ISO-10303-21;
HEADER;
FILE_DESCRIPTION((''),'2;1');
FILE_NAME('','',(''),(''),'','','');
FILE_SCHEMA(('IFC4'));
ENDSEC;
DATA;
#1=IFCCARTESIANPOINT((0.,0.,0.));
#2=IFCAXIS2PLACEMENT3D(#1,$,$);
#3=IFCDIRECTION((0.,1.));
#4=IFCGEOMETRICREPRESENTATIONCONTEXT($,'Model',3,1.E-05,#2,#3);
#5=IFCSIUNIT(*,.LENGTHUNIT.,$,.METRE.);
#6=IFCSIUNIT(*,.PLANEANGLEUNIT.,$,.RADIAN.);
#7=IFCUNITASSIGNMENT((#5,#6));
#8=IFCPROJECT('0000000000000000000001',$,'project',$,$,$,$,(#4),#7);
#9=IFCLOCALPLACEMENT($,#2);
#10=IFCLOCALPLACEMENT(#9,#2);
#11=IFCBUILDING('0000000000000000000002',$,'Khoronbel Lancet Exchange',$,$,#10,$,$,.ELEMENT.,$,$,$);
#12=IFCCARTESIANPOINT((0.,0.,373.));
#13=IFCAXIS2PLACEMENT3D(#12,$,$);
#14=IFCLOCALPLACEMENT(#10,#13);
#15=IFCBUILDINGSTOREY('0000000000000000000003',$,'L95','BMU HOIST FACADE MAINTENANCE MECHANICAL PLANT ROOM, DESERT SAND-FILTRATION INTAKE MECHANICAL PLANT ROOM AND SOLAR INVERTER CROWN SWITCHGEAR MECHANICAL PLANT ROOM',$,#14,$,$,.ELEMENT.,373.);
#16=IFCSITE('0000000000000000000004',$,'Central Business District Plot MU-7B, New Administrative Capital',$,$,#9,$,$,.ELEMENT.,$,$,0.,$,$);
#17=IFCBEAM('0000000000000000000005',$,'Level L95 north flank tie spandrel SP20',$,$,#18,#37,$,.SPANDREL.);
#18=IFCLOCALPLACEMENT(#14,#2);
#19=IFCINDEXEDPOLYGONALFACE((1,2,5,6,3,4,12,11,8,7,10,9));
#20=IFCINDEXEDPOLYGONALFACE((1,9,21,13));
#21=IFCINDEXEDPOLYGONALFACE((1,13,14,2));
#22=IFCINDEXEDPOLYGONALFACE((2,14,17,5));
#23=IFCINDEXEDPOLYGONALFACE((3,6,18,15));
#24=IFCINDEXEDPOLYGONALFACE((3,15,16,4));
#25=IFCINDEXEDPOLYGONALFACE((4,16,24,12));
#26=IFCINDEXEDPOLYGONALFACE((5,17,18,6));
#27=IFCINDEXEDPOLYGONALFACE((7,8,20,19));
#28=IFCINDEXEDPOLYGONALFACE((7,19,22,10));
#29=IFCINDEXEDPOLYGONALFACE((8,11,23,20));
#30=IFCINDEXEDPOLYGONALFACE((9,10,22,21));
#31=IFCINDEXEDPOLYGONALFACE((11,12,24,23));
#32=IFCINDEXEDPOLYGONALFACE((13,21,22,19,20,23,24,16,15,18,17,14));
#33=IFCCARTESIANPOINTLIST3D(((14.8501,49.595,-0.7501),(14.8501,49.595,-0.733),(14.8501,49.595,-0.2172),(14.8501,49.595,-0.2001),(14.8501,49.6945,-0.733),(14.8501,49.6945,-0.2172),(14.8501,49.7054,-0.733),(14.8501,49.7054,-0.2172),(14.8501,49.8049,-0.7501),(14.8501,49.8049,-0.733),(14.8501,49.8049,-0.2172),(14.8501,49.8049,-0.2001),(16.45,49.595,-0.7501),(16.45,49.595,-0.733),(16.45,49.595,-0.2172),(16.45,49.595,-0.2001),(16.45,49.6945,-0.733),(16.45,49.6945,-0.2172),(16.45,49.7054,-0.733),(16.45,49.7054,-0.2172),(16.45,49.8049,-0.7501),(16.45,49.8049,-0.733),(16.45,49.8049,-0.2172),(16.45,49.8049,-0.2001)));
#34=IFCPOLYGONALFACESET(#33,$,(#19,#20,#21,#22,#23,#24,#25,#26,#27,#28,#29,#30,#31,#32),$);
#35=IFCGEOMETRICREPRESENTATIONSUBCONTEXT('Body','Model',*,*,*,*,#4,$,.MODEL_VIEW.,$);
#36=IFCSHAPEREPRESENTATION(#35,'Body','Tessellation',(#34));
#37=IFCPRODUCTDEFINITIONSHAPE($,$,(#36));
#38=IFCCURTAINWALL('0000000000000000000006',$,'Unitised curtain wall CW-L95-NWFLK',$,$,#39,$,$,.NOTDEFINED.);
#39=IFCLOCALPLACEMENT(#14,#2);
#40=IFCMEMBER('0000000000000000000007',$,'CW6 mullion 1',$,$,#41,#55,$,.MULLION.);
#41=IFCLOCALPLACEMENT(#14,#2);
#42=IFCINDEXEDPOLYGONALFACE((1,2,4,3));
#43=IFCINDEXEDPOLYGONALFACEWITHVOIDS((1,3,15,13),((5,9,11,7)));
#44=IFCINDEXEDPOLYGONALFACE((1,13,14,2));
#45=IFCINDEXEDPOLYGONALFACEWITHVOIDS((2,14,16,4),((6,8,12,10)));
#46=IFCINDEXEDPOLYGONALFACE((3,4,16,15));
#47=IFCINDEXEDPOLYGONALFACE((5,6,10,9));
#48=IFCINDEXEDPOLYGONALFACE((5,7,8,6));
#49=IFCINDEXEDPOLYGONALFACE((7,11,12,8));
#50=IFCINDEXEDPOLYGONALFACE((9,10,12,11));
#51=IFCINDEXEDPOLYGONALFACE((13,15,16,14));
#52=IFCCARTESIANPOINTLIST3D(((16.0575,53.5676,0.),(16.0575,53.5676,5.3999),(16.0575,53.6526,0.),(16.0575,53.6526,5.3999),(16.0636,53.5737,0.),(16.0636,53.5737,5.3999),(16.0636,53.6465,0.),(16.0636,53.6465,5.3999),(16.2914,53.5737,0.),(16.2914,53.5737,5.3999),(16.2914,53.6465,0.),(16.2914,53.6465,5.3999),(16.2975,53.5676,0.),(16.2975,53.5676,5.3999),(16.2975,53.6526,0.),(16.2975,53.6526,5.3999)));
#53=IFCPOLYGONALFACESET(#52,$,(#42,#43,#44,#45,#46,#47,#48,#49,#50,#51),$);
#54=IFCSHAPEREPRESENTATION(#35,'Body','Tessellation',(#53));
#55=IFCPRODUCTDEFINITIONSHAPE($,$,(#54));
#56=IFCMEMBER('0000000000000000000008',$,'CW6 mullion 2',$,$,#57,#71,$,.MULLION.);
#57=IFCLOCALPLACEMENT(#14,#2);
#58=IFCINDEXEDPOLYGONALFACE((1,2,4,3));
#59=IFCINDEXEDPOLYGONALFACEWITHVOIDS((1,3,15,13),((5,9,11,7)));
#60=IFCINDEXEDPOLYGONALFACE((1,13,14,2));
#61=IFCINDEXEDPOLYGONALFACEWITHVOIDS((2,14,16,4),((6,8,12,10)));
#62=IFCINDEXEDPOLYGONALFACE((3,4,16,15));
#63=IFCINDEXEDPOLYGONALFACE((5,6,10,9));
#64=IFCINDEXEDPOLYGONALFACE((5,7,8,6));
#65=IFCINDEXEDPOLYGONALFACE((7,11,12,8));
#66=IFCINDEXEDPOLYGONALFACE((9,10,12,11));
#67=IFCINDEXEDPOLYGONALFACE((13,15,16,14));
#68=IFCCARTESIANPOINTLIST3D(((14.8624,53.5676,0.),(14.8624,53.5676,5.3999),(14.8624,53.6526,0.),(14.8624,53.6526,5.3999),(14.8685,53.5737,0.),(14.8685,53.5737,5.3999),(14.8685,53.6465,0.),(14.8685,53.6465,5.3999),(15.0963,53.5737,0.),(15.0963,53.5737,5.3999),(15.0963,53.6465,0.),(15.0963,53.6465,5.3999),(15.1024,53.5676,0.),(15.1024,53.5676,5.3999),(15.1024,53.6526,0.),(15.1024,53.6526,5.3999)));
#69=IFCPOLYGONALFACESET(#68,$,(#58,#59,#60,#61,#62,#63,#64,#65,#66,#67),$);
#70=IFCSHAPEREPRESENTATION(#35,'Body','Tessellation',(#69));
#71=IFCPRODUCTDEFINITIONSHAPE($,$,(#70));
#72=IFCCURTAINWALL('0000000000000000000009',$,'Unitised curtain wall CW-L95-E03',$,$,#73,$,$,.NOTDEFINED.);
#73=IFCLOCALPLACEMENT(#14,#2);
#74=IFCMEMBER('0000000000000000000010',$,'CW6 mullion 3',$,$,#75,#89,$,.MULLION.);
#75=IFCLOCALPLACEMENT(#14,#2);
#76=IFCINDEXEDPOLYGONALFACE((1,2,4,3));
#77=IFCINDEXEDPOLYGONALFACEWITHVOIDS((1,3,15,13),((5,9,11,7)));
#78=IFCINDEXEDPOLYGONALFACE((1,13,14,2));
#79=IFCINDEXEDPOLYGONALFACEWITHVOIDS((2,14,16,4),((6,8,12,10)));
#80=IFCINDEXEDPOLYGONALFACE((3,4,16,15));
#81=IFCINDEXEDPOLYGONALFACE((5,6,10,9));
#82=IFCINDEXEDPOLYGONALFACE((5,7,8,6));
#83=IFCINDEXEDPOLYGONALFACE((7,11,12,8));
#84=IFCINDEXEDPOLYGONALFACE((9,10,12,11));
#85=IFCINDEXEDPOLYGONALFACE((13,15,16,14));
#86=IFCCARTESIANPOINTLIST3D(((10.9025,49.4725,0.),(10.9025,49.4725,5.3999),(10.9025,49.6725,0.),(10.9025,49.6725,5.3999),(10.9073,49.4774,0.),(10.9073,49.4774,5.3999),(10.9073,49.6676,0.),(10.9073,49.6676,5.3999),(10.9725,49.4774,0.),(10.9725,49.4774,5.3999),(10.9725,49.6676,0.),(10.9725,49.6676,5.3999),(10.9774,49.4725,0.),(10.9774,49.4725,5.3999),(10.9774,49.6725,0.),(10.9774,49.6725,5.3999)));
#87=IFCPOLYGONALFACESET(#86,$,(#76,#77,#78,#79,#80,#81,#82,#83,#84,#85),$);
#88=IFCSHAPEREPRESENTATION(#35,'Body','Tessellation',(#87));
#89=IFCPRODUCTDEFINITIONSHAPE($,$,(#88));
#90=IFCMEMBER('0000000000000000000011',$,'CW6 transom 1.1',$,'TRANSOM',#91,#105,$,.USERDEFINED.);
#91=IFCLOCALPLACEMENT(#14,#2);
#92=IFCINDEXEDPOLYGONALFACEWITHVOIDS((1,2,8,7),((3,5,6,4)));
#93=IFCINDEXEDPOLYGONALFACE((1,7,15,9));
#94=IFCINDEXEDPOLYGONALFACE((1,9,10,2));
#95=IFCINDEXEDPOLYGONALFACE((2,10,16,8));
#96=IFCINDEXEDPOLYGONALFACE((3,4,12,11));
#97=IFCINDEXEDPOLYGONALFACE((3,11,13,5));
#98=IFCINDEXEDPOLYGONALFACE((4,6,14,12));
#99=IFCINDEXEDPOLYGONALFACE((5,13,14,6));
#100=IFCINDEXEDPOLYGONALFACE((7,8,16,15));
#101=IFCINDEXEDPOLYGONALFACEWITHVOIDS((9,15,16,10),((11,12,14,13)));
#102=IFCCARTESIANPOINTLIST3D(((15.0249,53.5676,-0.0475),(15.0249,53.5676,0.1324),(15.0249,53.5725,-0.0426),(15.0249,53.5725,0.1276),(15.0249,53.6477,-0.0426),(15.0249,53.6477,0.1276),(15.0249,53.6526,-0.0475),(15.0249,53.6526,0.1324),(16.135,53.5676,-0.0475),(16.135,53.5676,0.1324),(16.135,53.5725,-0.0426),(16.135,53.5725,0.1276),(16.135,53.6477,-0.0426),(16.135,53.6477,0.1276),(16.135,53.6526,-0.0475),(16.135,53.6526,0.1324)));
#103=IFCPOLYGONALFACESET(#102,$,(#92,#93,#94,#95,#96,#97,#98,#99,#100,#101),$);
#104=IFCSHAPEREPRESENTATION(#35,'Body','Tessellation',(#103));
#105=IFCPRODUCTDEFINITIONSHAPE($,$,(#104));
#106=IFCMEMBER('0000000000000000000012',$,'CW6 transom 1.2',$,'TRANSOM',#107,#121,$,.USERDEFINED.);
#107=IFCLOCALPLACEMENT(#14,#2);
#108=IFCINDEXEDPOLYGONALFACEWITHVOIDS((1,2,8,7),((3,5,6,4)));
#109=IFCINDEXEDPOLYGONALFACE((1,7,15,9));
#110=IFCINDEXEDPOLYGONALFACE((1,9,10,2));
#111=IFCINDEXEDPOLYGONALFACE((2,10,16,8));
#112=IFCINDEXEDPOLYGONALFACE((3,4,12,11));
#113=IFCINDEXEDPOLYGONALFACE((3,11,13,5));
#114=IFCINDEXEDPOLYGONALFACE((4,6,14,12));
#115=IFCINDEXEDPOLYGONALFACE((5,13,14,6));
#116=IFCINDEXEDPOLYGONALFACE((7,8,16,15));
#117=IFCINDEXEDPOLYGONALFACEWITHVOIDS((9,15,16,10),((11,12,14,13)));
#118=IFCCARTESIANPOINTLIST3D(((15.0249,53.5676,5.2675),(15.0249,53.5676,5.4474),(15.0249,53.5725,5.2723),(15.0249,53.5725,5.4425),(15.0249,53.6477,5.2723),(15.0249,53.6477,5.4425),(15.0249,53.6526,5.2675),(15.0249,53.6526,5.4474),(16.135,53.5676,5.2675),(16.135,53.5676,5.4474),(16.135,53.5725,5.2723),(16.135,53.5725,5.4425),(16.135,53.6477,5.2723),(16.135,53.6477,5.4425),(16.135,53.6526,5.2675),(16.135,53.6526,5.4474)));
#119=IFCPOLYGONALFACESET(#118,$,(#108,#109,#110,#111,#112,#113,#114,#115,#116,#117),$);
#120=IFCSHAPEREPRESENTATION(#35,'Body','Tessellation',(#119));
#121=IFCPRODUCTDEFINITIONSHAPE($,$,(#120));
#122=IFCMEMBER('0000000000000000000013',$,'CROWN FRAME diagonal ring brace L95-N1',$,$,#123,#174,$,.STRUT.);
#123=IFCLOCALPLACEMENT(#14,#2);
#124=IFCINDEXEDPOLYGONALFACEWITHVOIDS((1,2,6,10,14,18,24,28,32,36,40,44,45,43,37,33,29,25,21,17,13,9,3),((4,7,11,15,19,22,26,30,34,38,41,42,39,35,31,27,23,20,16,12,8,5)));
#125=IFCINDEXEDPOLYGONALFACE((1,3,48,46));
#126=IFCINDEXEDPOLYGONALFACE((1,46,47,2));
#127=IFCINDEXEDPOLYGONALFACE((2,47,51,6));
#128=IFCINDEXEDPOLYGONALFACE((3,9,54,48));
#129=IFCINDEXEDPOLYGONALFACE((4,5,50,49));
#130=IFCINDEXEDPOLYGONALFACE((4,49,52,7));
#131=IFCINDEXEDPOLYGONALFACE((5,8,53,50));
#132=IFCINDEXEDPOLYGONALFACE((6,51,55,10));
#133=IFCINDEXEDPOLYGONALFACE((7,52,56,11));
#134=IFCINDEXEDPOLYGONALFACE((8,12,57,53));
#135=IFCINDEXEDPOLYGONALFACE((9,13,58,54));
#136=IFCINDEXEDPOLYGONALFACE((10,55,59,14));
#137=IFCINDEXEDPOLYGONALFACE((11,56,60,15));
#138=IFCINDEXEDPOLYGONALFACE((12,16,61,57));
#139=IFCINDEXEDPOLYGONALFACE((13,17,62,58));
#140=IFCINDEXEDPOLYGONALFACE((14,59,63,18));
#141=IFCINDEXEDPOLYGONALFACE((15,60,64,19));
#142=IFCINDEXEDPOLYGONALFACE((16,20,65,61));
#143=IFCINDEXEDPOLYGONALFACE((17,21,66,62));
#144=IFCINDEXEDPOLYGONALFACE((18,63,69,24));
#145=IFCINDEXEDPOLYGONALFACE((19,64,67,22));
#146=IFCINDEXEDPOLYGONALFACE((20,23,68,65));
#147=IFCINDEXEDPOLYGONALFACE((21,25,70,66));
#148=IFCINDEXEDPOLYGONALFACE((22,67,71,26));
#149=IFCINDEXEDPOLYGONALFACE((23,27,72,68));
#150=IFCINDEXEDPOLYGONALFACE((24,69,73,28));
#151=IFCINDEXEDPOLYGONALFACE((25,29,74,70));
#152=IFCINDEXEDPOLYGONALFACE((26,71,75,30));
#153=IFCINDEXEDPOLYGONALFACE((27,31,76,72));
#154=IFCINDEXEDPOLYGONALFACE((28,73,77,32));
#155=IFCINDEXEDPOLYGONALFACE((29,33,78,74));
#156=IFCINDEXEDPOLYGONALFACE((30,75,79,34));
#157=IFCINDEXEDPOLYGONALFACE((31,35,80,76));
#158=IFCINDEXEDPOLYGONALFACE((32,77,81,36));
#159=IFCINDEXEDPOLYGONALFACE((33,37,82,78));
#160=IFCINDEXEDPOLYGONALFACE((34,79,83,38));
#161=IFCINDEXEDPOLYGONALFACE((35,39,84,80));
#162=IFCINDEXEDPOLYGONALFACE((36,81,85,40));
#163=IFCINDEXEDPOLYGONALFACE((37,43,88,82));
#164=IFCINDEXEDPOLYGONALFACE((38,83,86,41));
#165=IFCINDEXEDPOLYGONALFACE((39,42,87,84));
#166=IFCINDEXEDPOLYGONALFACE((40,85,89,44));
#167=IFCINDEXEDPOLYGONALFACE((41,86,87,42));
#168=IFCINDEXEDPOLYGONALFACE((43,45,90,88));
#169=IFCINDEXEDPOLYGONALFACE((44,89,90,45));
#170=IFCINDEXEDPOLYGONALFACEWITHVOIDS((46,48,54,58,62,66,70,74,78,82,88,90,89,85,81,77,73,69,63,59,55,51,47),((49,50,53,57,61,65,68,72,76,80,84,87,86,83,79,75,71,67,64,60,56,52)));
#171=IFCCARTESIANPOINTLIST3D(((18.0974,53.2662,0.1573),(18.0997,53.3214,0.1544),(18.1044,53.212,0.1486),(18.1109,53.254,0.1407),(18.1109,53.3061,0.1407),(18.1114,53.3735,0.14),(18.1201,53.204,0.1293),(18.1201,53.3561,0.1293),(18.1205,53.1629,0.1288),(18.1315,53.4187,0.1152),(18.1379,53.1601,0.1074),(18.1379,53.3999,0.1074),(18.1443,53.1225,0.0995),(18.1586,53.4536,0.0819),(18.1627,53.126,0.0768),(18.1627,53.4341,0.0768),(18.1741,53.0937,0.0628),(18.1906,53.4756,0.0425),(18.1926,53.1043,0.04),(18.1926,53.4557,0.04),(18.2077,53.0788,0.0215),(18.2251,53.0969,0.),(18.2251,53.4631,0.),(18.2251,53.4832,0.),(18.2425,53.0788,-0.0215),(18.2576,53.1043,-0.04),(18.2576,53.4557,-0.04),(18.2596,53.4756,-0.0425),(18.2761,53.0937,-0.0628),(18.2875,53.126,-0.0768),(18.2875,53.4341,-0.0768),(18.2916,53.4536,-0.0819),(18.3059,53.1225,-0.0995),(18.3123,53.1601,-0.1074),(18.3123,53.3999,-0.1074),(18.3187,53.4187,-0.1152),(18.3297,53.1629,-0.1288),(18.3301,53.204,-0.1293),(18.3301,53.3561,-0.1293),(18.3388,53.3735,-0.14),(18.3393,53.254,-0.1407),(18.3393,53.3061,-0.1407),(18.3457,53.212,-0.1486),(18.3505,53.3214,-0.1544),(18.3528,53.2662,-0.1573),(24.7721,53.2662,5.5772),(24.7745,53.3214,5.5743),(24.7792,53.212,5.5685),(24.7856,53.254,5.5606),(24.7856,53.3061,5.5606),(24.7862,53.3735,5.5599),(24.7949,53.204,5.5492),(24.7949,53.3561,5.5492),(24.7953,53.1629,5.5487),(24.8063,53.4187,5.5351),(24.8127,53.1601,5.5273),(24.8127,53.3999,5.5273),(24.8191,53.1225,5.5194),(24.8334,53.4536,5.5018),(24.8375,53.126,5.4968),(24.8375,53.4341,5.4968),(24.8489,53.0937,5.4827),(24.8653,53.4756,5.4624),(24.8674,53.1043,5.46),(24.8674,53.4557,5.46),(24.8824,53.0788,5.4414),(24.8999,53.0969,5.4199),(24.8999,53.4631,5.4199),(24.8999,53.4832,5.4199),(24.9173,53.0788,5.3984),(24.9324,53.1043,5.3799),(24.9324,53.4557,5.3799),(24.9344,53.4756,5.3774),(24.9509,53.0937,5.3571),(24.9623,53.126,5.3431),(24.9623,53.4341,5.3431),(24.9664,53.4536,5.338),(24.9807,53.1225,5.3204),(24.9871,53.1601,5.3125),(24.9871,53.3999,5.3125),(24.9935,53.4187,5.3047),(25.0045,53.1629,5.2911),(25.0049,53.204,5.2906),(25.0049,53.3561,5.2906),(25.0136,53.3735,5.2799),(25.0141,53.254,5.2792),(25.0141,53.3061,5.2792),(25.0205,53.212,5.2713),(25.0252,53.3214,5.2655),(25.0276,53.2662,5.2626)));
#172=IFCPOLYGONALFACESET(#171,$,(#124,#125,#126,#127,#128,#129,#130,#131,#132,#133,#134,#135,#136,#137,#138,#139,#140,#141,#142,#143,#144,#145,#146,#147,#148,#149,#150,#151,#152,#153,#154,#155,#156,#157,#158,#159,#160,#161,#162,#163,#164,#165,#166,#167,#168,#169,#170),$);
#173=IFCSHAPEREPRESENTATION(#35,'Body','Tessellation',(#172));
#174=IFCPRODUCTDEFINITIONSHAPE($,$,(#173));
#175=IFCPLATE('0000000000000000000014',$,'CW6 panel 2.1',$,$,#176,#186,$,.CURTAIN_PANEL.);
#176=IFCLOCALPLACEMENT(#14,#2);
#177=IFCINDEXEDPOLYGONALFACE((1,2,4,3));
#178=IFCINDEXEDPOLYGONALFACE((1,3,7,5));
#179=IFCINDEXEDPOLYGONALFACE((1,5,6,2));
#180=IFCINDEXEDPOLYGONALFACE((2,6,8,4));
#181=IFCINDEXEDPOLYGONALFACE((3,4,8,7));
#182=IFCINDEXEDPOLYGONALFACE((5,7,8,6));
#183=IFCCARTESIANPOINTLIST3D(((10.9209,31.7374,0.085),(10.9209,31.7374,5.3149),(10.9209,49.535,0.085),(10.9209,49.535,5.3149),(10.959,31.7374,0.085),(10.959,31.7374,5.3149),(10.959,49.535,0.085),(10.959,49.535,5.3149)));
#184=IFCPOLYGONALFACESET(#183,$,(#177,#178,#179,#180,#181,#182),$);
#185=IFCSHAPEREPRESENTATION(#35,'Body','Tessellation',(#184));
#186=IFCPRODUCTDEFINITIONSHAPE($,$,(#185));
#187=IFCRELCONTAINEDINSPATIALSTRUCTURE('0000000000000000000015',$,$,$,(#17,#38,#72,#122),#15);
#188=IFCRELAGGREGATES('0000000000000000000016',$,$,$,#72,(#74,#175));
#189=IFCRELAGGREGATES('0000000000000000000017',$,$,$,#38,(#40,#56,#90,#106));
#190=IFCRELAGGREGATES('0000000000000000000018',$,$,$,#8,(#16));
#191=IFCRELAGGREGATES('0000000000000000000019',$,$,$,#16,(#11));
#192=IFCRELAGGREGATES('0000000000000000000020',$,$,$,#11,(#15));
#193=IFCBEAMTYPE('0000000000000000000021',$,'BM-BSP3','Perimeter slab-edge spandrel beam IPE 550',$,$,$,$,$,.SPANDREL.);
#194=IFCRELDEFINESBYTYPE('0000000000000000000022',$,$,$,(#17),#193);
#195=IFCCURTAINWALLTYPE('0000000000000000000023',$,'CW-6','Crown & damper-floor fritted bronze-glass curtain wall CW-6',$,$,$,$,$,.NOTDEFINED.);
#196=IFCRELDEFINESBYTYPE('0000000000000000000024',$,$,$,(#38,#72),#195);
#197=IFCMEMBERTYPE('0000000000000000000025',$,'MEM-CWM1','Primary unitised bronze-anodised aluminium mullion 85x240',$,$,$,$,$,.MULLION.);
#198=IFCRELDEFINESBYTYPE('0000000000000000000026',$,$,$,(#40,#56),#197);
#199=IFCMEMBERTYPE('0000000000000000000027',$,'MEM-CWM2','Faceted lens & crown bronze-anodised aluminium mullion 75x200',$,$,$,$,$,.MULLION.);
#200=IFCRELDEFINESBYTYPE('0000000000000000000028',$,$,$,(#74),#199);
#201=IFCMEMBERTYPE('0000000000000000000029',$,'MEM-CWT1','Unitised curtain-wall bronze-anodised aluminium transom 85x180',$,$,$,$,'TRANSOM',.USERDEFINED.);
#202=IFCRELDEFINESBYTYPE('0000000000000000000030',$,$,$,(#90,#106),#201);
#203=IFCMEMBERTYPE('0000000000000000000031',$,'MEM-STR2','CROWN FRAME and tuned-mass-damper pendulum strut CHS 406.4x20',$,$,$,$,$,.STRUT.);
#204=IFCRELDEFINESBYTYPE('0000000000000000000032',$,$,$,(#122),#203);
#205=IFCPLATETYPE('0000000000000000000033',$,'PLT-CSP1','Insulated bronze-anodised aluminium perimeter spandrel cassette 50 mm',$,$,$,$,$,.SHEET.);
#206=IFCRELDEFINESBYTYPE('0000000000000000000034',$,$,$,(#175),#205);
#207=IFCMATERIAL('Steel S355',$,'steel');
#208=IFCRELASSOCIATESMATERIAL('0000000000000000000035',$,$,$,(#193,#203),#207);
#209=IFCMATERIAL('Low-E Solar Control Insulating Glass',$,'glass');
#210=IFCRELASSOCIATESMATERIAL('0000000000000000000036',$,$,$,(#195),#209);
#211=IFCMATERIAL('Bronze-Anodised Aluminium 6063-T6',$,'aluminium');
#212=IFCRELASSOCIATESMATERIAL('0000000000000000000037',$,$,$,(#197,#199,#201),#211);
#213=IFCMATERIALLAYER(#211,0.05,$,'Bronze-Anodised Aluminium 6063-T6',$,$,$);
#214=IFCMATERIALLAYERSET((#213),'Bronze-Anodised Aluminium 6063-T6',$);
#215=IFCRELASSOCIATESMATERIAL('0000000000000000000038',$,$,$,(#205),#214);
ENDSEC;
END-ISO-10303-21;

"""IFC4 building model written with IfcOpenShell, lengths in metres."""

from ifc_helpers import new_model, si_unit, direction, frame, origin, origin_2d, place, context, subcontext, project, spatial, rectangle, hollow_rectangle, hollow_circle, i_section, extrude, material, layer, layer_set, material_profile, profile_set, type_object, element, aggregate, save


model = new_model("IFC4")

# Units and contexts
model_context = context("Model", 3, precision=1e-05, world=origin(), true_north=direction((0.0, 1.0)))
body_context = subcontext(model_context, "Body", "Model", "MODEL_VIEW")
ifc_project = project(units=[si_unit("LENGTHUNIT", "METRE"), si_unit("PLANEANGLEUNIT", "RADIAN")], contexts=[model_context])

# Site, building, storey
site_placement = place(None, origin())
site = spatial("IfcSite", under=ifc_project, at=site_placement, Name="Central Business District Plot MU-7B, New Administrative Capital", CompositionType="ELEMENT", RefElevation=0.0)
building_placement = place(site_placement, origin())
building = spatial("IfcBuilding", under=site, at=building_placement, Name="Khoronbel Lancet Exchange", CompositionType="ELEMENT")
storey_placement = place(building_placement, frame((0.0, 0.0, 373.0)))
storey = spatial("IfcBuildingStorey", under=building, at=storey_placement, Name="L95", Description="BMU HOIST FACADE MAINTENANCE MECHANICAL PLANT ROOM, DESERT SAND-FILTRATION INTAKE MECHANICAL PLANT ROOM AND SOLAR INVERTER CROWN SWITCHGEAR MECHANICAL PLANT ROOM", CompositionType="ELEMENT", Elevation=373.0)

# Shared definitions
ifc_material_1 = material(Name="Steel S355", Category="steel")

# Beam
ifc_material_profile_1 = material_profile(ifc_material_1, i_section(OverallWidth=0.21, OverallDepth=0.55, WebThickness=0.011, FlangeThickness=0.0171, at=origin_2d()), Name="IPE 550")
ifc_profile_set_1 = profile_set([ifc_material_profile_1], Name="Steel S355")
beam_type_1 = type_object("IfcBeamType", Name="BM-BSP3", Description="Perimeter slab-edge spandrel beam IPE 550", PredefinedType="SPANDREL", material=ifc_profile_set_1)
beam_1_placement = place(storey_placement, frame((14.8501, 49.7, -0.4751), z_axis=(1.0, 0.0, 0.0), x_axis=(0.0, 1.0, 0.0)))
element("IfcBeam", 1, at=beam_1_placement, inside=storey, type_object=beam_type_1, Name="Level L95 north flank tie spandrel SP20", PredefinedType="SPANDREL", context=body_context, shape_type="SweptSolid", body=[
    extrude(i_section(OverallWidth=0.21, OverallDepth=0.55, WebThickness=0.011, FlangeThickness=0.0171, at=origin_2d()), origin(), (0.0, 0.0, 1.0), 1.5999),
])

# Curtain wall, members
ifc_material_2 = material(Name="Low-E Solar Control Insulating Glass", Category="glass")
curtain_wall_type = type_object("IfcCurtainWallType", Name="CW-6", Description="Crown & damper-floor fritted bronze-glass curtain wall CW-6", PredefinedType="NOTDEFINED", material=ifc_material_2)
curtain_wall_1_placement = place(storey_placement, origin())
curtain_wall_1 = element("IfcCurtainWall", 2, at=curtain_wall_1_placement, inside=storey, type_object=curtain_wall_type, Name="Unitised curtain wall CW-L95-NWFLK", PredefinedType="NOTDEFINED")
ifc_material_3 = material(Name="Bronze-Anodised Aluminium 6063-T6", Category="aluminium")
ifc_material_profile_2 = material_profile(ifc_material_3, hollow_rectangle(XDim=0.085, YDim=0.24, WallThickness=0.0061, at=origin_2d()), Name="ALU MULLION 85x240")
ifc_profile_set_2 = profile_set([ifc_material_profile_2], Name="Bronze-Anodised Aluminium 6063-T6")
member_type_1 = type_object("IfcMemberType", Name="MEM-CWM1", Description="Primary unitised bronze-anodised aluminium mullion 85x240", PredefinedType="MULLION", material=ifc_profile_set_2)
member_1_placement = place(storey_placement, frame((16.1775, 53.6101, 0.0), z_axis=(0.0, 0.0, 1.0), x_axis=(0.0, -1.0, 0.0)))
member_1 = element("IfcMember", 3, at=member_1_placement, type_object=member_type_1, Name="CW6 mullion 1", PredefinedType="MULLION", context=body_context, shape_type="SweptSolid", body=[
    extrude(hollow_rectangle(XDim=0.085, YDim=0.24, WallThickness=0.0061, at=origin_2d()), origin(), (0.0, 0.0, 1.0), 5.3999),
])
member_2_placement = place(storey_placement, frame((14.9824, 53.6101, 0.0), z_axis=(0.0, 0.0, 1.0), x_axis=(0.0, -1.0, 0.0)))
member_2 = element("IfcMember", 4, at=member_2_placement, type_object=member_type_1, Name="CW6 mullion 2", PredefinedType="MULLION", context=body_context, shape_type="SweptSolid", body=[
    extrude(hollow_rectangle(XDim=0.085, YDim=0.24, WallThickness=0.0061, at=origin_2d()), origin(), (0.0, 0.0, 1.0), 5.3999),
])

# Curtain wall, member
curtain_wall_2_placement = place(storey_placement, origin())
curtain_wall_2 = element("IfcCurtainWall", 5, at=curtain_wall_2_placement, inside=storey, type_object=curtain_wall_type, Name="Unitised curtain wall CW-L95-E03", PredefinedType="NOTDEFINED")
ifc_material_profile_3 = material_profile(ifc_material_3, hollow_rectangle(XDim=0.075, YDim=0.2, WallThickness=0.0049, at=origin_2d()), Name="ALU MULLION 75x200")
ifc_profile_set_3 = profile_set([ifc_material_profile_3], Name="Bronze-Anodised Aluminium 6063-T6")
member_type_2 = type_object("IfcMemberType", Name="MEM-CWM2", Description="Faceted lens & crown bronze-anodised aluminium mullion 75x200", PredefinedType="MULLION", material=ifc_profile_set_3)
member_3_placement = place(storey_placement, frame((10.9399, 49.5725, 0.0), z_axis=(0.0, 0.0, 1.0), x_axis=(-1.0, 0.0, 0.0)))
member_3 = element("IfcMember", 6, at=member_3_placement, type_object=member_type_2, Name="CW6 mullion 3", PredefinedType="MULLION", context=body_context, shape_type="SweptSolid", body=[
    extrude(hollow_rectangle(XDim=0.075, YDim=0.2, WallThickness=0.0049, at=origin_2d()), origin(), (0.0, 0.0, 1.0), 5.3999),
])

# Members
ifc_material_profile_4 = material_profile(ifc_material_3, hollow_rectangle(XDim=0.085, YDim=0.1799, WallThickness=0.0049, at=origin_2d()), Name="ALU TRANSOM 85x180")
ifc_profile_set_4 = profile_set([ifc_material_profile_4], Name="Bronze-Anodised Aluminium 6063-T6")
member_type_3 = type_object("IfcMemberType", Name="MEM-CWT1", Description="Unitised curtain-wall bronze-anodised aluminium transom 85x180", ElementType="TRANSOM", PredefinedType="USERDEFINED", material=ifc_profile_set_4)
member_4_placement = place(storey_placement, frame((16.135, 53.6101, 0.0425), z_axis=(-1.0, 0.0, 0.0), x_axis=(0.0, -1.0, 0.0)))
member_4 = element("IfcMember", 7, at=member_4_placement, type_object=member_type_3, Name="CW6 transom 1.1", ObjectType="TRANSOM", PredefinedType="USERDEFINED", context=body_context, shape_type="SweptSolid", body=[
    extrude(hollow_rectangle(XDim=0.085, YDim=0.1799, WallThickness=0.0049, at=origin_2d()), origin(), (0.0, 0.0, 1.0), 1.1101),
])
member_5_placement = place(storey_placement, frame((16.135, 53.6101, 5.3574), z_axis=(-1.0, 0.0, 0.0), x_axis=(0.0, -1.0, 0.0)))
member_5 = element("IfcMember", 8, at=member_5_placement, type_object=member_type_3, Name="CW6 transom 1.2", ObjectType="TRANSOM", PredefinedType="USERDEFINED", context=body_context, shape_type="SweptSolid", body=[
    extrude(hollow_rectangle(XDim=0.085, YDim=0.1799, WallThickness=0.0049, at=origin_2d()), origin(), (0.0, 0.0, 1.0), 1.1101),
])
ifc_material_profile_5 = material_profile(ifc_material_1, hollow_circle(Radius=0.2031, WallThickness=0.02, at=origin_2d()), Name="CHS 406.4x20")
ifc_profile_set_5 = profile_set([ifc_material_profile_5], Name="Steel S355")
member_type_4 = type_object("IfcMemberType", Name="MEM-STR2", Description="CROWN FRAME and tuned-mass-damper pendulum strut CHS 406.4x20", PredefinedType="STRUT", material=ifc_profile_set_5)
member_6_placement = place(storey_placement, frame((18.2251, 53.28, 0.0), z_axis=(0.776305, 0.0, 0.630357), x_axis=(0.0, 1.0, 0.0)))
element("IfcMember", 9, at=member_6_placement, inside=storey, type_object=member_type_4, Name="CROWN FRAME diagonal ring brace L95-N1", PredefinedType="STRUT", context=body_context, shape_type="SweptSolid", body=[
    extrude(hollow_circle(Radius=0.2031, WallThickness=0.02, at=origin_2d()), origin(), (0.0, 0.0, 1.0), 8.5981),
])

# Plate
ifc_layer_1 = layer(ifc_material_3, 0.05, Name="Bronze-Anodised Aluminium 6063-T6")
ifc_layer_set_1 = layer_set([ifc_layer_1], Name="Bronze-Anodised Aluminium 6063-T6")
plate_type_1 = type_object("IfcPlateType", Name="PLT-CSP1", Description="Insulated bronze-anodised aluminium perimeter spandrel cassette 50 mm", PredefinedType="SHEET", material=ifc_layer_set_1)
plate_1_placement = place(storey_placement, frame((10.9399, 40.6362, 0.085), z_axis=(0.0, 0.0, 1.0), x_axis=(0.0, 1.0, 0.0)))
plate_1 = element("IfcPlate", 10, at=plate_1_placement, type_object=plate_type_1, Name="CW6 panel 2.1", PredefinedType="CURTAIN_PANEL", context=body_context, shape_type="SweptSolid", body=[
    extrude(rectangle(XDim=17.7976, YDim=0.0381, at=origin_2d()), origin(), (0.0, 0.0, 1.0), 5.23),
])
aggregate(curtain_wall_2, [member_3, plate_1])
aggregate(curtain_wall_1, [member_1, member_2, member_4, member_5])

save(model, "model.ifc")
